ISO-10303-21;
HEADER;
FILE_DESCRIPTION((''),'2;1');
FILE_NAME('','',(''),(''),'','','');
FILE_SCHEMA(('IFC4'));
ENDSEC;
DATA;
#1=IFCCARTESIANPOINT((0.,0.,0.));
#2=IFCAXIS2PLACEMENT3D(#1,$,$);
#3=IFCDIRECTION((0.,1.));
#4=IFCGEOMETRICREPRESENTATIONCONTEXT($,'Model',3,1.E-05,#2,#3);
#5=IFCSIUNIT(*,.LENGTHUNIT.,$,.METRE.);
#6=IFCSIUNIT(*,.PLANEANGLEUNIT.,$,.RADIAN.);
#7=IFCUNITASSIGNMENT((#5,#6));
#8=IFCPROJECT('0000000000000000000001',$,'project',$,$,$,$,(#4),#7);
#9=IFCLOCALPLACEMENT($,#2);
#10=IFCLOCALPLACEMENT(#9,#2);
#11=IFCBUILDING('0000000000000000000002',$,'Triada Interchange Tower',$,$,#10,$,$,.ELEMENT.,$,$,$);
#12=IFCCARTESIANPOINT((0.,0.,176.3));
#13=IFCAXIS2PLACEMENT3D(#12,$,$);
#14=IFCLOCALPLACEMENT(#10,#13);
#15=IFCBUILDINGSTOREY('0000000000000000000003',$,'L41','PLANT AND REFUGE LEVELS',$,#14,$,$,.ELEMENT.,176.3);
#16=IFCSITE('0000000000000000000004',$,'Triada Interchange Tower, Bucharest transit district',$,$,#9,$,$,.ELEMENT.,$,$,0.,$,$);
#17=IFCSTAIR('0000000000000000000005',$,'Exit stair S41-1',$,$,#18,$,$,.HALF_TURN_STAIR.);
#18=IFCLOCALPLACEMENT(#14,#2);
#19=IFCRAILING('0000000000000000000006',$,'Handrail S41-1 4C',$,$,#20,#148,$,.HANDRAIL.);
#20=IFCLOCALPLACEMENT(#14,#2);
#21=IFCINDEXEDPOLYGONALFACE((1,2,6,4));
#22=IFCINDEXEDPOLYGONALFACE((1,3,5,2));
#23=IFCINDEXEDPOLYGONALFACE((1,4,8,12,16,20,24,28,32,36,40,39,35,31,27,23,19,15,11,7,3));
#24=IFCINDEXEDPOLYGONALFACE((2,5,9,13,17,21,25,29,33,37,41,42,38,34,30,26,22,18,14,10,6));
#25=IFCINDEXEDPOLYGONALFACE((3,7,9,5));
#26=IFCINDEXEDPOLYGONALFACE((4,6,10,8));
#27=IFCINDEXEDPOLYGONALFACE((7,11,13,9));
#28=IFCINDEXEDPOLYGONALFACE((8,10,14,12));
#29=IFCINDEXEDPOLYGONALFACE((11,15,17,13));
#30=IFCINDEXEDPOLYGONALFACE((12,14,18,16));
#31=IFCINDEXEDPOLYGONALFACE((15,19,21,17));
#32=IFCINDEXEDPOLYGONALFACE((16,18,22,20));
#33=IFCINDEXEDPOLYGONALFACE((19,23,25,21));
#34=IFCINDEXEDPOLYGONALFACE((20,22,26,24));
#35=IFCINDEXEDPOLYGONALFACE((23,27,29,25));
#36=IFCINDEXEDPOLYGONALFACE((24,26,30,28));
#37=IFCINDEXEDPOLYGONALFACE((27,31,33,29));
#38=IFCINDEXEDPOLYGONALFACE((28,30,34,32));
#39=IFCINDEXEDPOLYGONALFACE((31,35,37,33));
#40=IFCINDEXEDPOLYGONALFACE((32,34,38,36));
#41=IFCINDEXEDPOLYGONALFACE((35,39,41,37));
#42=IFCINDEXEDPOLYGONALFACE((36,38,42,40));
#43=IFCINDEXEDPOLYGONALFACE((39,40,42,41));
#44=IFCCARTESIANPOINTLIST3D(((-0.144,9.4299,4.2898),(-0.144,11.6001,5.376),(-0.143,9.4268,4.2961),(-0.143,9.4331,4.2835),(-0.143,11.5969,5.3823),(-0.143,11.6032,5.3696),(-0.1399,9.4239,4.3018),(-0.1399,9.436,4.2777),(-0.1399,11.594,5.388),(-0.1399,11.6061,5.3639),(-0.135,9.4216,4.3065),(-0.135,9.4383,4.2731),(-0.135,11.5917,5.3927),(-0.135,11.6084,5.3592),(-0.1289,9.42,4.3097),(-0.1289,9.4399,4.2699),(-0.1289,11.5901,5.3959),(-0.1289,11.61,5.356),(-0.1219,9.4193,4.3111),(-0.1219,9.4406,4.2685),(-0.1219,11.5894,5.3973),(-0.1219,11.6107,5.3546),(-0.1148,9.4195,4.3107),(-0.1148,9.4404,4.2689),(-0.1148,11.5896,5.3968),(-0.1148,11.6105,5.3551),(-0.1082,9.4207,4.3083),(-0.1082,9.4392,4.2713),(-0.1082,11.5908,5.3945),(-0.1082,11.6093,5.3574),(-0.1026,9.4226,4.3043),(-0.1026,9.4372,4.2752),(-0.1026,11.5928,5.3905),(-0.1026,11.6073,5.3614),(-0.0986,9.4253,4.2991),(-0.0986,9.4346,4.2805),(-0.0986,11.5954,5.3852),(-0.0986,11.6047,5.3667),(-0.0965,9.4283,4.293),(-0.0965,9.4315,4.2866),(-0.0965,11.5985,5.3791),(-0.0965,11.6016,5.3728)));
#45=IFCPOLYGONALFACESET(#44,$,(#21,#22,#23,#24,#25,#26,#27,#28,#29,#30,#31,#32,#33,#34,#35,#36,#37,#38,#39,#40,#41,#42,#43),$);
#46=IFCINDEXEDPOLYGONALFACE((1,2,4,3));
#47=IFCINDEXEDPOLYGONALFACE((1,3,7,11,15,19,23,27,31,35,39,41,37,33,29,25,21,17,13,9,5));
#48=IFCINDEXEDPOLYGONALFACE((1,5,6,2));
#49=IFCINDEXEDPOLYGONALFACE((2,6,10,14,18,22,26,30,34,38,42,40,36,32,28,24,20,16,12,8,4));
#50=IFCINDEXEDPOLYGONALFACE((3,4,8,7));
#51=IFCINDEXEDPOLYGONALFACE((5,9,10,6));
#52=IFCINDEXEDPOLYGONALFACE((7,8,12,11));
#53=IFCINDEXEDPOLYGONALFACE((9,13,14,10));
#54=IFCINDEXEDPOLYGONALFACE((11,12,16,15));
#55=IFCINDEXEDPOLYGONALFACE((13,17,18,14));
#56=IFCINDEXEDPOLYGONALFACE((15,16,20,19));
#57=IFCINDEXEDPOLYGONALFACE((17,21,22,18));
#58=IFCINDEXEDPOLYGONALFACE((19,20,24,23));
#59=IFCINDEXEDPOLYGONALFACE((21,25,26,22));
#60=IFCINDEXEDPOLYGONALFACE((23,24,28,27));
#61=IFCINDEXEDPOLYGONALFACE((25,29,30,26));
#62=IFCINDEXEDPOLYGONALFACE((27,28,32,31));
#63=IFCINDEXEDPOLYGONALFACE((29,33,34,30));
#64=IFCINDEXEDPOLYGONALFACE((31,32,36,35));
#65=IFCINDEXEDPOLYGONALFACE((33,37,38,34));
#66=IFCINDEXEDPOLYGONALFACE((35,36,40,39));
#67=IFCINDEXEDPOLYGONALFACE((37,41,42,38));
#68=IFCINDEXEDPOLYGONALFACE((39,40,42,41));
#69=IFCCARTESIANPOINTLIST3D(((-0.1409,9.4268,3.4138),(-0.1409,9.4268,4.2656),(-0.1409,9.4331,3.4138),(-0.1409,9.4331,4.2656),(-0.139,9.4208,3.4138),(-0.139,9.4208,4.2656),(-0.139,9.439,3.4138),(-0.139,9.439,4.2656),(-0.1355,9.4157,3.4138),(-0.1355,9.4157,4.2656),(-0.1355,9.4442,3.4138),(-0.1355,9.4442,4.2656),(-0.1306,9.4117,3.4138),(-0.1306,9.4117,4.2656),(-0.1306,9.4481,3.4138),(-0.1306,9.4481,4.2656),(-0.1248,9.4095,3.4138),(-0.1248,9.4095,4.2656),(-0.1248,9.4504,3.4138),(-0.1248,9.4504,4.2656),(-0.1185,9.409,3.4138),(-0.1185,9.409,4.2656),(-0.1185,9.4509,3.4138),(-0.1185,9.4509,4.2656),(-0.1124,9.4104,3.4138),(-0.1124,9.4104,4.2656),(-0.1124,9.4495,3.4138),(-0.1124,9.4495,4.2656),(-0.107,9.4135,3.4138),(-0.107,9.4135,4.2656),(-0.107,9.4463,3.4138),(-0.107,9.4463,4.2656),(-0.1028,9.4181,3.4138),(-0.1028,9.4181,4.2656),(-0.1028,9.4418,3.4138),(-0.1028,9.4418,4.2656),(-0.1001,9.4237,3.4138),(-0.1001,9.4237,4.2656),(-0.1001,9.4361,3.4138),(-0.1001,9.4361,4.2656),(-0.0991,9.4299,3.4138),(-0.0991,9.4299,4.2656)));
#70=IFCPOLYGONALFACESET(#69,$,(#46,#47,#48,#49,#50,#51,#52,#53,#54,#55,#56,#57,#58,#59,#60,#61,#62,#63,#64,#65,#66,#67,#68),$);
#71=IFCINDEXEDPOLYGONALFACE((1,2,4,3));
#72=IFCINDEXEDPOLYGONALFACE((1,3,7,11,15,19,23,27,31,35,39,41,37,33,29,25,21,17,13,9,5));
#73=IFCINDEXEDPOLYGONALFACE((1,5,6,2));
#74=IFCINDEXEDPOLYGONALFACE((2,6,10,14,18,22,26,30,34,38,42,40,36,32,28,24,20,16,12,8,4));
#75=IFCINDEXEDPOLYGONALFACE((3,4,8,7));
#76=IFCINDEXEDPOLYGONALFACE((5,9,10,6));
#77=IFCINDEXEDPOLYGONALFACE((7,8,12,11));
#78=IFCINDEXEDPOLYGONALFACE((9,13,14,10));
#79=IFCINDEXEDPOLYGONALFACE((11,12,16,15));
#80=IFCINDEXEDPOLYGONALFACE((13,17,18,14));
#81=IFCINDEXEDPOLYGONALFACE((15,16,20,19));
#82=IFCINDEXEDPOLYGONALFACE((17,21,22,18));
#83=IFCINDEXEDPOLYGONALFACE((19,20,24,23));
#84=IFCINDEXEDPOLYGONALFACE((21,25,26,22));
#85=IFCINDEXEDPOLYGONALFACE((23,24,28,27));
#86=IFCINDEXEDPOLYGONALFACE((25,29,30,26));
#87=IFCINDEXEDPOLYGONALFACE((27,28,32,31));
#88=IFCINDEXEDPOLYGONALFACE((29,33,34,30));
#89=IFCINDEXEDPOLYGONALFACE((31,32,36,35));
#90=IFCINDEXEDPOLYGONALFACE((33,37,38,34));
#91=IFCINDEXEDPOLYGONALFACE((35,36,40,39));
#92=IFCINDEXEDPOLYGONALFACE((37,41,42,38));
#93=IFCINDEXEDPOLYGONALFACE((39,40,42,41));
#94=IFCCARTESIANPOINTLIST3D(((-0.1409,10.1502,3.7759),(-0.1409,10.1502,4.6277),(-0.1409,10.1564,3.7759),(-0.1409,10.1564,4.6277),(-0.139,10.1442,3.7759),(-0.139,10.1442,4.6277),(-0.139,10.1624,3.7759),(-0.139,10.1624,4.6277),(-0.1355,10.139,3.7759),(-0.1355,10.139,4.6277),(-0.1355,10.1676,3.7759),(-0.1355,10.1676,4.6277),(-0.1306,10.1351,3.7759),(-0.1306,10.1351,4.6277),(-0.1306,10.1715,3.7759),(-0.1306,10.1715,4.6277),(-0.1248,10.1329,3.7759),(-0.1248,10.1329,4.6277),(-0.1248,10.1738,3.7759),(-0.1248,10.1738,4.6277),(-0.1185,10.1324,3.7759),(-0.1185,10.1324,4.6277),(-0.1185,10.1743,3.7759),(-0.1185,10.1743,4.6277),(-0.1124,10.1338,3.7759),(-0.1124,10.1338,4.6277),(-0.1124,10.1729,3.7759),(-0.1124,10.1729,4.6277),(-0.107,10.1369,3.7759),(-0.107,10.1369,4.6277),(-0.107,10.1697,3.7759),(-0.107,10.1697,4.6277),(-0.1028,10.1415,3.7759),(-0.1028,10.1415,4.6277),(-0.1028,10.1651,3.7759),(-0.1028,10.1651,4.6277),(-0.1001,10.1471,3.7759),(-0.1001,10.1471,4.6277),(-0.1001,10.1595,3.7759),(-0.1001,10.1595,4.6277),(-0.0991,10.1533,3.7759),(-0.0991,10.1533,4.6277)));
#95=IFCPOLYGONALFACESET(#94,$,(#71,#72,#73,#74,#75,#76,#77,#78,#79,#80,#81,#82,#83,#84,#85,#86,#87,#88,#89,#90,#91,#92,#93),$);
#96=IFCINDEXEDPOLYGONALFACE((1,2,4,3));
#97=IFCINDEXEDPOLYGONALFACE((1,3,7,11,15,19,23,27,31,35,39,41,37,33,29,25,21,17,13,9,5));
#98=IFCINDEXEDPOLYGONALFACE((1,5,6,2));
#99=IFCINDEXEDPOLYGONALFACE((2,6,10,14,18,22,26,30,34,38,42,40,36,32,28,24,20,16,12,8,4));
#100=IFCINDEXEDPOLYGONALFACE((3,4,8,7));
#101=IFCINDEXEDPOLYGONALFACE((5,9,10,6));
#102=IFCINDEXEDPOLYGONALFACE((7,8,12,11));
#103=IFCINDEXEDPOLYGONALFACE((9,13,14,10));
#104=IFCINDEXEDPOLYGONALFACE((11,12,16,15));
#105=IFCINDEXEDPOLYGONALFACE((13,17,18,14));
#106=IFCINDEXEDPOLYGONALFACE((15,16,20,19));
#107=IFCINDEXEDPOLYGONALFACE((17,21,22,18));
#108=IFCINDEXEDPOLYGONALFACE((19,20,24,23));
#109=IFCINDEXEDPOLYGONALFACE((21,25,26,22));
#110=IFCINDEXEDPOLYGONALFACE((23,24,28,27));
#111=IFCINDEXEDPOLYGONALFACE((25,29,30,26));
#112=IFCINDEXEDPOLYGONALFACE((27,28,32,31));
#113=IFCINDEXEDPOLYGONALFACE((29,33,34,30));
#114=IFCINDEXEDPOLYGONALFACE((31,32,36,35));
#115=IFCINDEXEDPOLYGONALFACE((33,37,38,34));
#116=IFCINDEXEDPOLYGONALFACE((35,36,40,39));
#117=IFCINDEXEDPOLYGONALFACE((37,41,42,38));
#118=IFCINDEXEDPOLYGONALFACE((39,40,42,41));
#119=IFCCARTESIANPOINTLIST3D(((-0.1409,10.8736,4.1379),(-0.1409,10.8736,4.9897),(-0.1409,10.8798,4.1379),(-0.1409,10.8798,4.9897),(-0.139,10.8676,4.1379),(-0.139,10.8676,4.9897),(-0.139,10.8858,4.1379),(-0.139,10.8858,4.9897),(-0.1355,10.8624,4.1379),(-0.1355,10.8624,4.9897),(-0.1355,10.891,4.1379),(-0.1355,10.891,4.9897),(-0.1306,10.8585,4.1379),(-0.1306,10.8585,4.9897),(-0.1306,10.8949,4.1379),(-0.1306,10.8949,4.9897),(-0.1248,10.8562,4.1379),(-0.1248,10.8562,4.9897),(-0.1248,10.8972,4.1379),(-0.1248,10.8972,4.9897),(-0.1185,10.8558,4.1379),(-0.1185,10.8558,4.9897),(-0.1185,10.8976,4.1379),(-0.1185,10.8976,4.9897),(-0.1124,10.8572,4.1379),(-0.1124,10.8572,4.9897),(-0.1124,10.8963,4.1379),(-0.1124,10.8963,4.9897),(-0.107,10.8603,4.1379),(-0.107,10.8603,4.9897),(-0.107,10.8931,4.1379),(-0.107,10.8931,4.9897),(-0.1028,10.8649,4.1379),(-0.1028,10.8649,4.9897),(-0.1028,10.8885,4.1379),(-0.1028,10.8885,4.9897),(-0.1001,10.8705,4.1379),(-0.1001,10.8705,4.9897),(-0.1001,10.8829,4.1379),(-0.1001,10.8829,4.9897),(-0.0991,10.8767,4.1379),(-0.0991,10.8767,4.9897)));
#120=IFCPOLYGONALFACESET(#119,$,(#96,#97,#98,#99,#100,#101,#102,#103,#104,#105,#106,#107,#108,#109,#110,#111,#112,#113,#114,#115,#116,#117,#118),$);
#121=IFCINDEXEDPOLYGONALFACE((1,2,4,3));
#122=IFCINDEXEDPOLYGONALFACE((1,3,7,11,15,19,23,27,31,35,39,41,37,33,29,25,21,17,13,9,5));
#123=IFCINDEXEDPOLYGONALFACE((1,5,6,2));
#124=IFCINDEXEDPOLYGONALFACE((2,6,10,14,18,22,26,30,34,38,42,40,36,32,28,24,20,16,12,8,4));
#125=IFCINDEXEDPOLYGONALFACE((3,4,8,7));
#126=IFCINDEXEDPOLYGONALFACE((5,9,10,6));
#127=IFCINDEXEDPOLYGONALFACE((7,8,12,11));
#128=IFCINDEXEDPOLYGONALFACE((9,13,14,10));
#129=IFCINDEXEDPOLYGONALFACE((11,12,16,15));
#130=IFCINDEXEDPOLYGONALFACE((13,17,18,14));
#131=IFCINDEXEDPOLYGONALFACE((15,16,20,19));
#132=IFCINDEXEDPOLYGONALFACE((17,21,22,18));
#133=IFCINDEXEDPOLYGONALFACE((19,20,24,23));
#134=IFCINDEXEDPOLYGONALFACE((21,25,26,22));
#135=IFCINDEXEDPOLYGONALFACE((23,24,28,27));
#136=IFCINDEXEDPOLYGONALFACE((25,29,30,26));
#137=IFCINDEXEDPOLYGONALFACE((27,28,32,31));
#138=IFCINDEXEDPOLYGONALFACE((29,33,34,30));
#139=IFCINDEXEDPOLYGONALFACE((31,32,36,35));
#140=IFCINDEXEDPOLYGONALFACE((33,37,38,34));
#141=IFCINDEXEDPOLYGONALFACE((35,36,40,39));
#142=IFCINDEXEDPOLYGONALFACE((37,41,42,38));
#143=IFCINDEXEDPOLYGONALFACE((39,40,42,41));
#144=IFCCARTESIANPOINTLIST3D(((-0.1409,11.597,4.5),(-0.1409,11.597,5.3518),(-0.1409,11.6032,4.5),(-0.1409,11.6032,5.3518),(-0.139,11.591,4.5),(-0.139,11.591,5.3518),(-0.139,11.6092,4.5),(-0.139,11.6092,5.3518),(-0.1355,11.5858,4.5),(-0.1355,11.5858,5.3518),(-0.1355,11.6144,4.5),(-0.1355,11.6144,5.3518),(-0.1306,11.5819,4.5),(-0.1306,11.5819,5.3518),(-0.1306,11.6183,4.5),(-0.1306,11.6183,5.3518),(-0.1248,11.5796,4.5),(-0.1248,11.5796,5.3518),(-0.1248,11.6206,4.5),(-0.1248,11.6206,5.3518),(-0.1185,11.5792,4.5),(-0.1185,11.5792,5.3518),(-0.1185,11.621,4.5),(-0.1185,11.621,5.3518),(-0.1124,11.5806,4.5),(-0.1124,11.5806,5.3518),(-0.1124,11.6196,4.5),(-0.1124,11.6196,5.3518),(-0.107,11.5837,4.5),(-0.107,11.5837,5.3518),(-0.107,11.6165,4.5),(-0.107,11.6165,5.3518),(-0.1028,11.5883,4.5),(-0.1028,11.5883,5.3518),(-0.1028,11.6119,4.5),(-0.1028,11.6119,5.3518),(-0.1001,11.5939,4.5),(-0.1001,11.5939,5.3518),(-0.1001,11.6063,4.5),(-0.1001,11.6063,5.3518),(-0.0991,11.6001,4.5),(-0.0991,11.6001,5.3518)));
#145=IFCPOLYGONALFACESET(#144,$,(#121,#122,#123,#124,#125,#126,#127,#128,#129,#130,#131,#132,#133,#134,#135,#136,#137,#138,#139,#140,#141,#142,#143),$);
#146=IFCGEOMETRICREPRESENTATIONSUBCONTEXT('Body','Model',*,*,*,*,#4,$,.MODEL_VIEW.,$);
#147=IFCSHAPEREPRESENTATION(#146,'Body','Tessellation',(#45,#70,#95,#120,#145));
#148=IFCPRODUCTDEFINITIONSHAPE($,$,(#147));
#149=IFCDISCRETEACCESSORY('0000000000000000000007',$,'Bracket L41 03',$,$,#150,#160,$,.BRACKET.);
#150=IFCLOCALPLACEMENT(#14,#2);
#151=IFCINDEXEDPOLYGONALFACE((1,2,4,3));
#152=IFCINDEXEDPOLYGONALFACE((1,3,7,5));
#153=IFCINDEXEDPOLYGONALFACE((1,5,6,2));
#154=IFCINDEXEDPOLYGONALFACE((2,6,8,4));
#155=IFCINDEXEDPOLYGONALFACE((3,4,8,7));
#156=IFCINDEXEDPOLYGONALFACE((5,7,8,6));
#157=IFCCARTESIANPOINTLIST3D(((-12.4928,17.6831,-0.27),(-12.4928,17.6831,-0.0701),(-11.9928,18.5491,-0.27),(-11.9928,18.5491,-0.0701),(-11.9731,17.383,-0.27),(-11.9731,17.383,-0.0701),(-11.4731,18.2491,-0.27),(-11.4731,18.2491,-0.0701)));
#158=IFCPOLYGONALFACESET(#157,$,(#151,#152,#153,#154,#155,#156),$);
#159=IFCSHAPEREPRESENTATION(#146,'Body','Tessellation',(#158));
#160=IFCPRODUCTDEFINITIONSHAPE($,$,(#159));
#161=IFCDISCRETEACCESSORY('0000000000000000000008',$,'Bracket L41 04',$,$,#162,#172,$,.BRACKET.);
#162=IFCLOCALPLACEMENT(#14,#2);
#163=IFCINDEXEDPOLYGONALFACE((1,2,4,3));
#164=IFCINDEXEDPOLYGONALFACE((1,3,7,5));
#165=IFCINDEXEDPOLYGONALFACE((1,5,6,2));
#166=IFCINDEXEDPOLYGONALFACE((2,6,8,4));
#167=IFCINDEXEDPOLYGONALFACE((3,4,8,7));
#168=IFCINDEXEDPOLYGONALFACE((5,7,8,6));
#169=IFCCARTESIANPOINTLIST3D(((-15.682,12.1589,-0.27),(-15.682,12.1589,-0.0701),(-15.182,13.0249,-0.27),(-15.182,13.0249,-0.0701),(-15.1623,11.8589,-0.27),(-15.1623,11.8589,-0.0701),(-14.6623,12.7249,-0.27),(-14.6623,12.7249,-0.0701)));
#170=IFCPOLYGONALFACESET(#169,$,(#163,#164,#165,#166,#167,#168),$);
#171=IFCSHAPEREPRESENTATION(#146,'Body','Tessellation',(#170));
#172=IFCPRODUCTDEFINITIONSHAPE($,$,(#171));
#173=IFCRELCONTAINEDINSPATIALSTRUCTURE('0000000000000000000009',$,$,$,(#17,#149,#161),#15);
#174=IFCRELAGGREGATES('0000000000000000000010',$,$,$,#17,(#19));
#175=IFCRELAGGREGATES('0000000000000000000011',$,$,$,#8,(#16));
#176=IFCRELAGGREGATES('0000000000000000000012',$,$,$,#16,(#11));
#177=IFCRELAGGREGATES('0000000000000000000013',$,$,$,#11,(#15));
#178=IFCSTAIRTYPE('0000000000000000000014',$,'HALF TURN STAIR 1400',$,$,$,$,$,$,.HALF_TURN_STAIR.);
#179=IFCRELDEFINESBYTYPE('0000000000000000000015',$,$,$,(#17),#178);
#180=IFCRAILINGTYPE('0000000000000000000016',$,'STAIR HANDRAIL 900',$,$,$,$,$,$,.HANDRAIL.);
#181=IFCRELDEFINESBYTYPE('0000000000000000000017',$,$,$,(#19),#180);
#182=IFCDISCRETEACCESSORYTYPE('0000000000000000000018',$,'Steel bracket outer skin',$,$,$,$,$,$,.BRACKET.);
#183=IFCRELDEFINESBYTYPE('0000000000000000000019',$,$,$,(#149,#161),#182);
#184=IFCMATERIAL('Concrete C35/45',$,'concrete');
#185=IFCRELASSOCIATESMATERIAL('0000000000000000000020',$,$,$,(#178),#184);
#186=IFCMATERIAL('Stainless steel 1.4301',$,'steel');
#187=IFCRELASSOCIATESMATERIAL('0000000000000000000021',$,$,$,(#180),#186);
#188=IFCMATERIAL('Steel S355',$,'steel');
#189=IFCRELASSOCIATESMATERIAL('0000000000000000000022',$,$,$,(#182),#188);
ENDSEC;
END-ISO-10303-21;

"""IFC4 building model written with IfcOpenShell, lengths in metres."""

from ifc_helpers import new_model, si_unit, direction, frame, origin, origin_2d, place, context, subcontext, project, spatial, rectangle, circle, extrude, material, type_object, element, aggregate, save


model = new_model("IFC4")

# Units and contexts
model_context = context("Model", 3, precision=1e-05, world=origin(), true_north=direction((0.0, 1.0)))
body_context = subcontext(model_context, "Body", "Model", "MODEL_VIEW")
ifc_project = project(units=[si_unit("LENGTHUNIT", "METRE"), si_unit("PLANEANGLEUNIT", "RADIAN")], contexts=[model_context])

# Site, building, storey
site_placement = place(None, origin())
site = spatial("IfcSite", under=ifc_project, at=site_placement, Name="Triada Interchange Tower, Bucharest transit district", CompositionType="ELEMENT", RefElevation=0.0)
building_placement = place(site_placement, origin())
building = spatial("IfcBuilding", under=site, at=building_placement, Name="Triada Interchange Tower", CompositionType="ELEMENT")
storey_placement = place(building_placement, frame((0.0, 0.0, 176.3)))
storey = spatial("IfcBuildingStorey", under=building, at=storey_placement, Name="L41", Description="PLANT AND REFUGE LEVELS", CompositionType="ELEMENT", Elevation=176.3)

# Shared definitions
ifc_material_1 = material(Name="Steel S355", Category="steel")

# Stair
ifc_material_2 = material(Name="Concrete C35/45", Category="concrete")
stair_type = type_object("IfcStairType", Name="HALF TURN STAIR 1400", PredefinedType="HALF_TURN_STAIR", material=ifc_material_2)
stair_placement = place(storey_placement, origin())
stair = element("IfcStair", 1, at=stair_placement, inside=storey, type_object=stair_type, Name="Exit stair S41-1", PredefinedType="HALF_TURN_STAIR")

# Railing
ifc_material_3 = material(Name="Stainless steel 1.4301", Category="steel")
railing_type = type_object("IfcRailingType", Name="STAIR HANDRAIL 900", PredefinedType="HANDRAIL", material=ifc_material_3)
railing_1_placement = place(storey_placement, frame((-0.1201, 9.4299, 3.4138)))
railing_1 = element("IfcRailing", 2, at=railing_1_placement, type_object=railing_type, Name="Handrail S41-1 4C", PredefinedType="HANDRAIL", context=body_context, shape_type="SweptSolid", body=[
    extrude(circle(Radius=0.0239, at=origin_2d()), frame((0.0, 0.0, 0.876), z_axis=(0.0, 0.894246, 0.447576), x_axis=(-1.0, 0.0, 0.0)), (0.0, 0.0, 1.0), 2.4268),
    extrude(circle(Radius=0.021, at=origin_2d()), origin(), (0.0, 0.0, 1.0), 0.8518),
    extrude(circle(Radius=0.021, at=origin_2d()), frame((0.0, 0.7234, 0.3621)), (0.0, 0.0, 1.0), 0.8518),
    extrude(circle(Radius=0.021, at=origin_2d()), frame((0.0, 1.4468, 0.7241)), (0.0, 0.0, 1.0), 0.8518),
    extrude(circle(Radius=0.021, at=origin_2d()), frame((0.0, 2.1702, 1.0862)), (0.0, 0.0, 1.0), 0.8518),
])
aggregate(stair, [railing_1])

# Discrete accessories
discrete_accessory_type = type_object("IfcDiscreteAccessoryType", Name="Steel bracket outer skin", PredefinedType="BRACKET", material=ifc_material_1)
for number, where, z_axis, x_axis, name in (
    (3, (-11.9829, 17.9661, -0.27), (0.0, 0.0, 1.0), (-0.86603, 0.499993, 0.0), "Bracket L41 03"),
    (4, (-15.1721, 12.4419, -0.27), (0.0, 0.0, 1.0), (-0.86603, 0.499993, 0.0), "Bracket L41 04"),
):
    element("IfcDiscreteAccessory", number, at=place(storey_placement, frame(where, z_axis=z_axis, x_axis=x_axis)), inside=storey, type_object=discrete_accessory_type, Name=name, PredefinedType="BRACKET", context=body_context, shape_type="SweptSolid", body=[
        extrude(rectangle(XDim=0.6001, YDim=1.0, at=origin_2d()), origin(), (0.0, 0.0, 1.0), 0.2),
    ])

save(model, "model.ifc")
